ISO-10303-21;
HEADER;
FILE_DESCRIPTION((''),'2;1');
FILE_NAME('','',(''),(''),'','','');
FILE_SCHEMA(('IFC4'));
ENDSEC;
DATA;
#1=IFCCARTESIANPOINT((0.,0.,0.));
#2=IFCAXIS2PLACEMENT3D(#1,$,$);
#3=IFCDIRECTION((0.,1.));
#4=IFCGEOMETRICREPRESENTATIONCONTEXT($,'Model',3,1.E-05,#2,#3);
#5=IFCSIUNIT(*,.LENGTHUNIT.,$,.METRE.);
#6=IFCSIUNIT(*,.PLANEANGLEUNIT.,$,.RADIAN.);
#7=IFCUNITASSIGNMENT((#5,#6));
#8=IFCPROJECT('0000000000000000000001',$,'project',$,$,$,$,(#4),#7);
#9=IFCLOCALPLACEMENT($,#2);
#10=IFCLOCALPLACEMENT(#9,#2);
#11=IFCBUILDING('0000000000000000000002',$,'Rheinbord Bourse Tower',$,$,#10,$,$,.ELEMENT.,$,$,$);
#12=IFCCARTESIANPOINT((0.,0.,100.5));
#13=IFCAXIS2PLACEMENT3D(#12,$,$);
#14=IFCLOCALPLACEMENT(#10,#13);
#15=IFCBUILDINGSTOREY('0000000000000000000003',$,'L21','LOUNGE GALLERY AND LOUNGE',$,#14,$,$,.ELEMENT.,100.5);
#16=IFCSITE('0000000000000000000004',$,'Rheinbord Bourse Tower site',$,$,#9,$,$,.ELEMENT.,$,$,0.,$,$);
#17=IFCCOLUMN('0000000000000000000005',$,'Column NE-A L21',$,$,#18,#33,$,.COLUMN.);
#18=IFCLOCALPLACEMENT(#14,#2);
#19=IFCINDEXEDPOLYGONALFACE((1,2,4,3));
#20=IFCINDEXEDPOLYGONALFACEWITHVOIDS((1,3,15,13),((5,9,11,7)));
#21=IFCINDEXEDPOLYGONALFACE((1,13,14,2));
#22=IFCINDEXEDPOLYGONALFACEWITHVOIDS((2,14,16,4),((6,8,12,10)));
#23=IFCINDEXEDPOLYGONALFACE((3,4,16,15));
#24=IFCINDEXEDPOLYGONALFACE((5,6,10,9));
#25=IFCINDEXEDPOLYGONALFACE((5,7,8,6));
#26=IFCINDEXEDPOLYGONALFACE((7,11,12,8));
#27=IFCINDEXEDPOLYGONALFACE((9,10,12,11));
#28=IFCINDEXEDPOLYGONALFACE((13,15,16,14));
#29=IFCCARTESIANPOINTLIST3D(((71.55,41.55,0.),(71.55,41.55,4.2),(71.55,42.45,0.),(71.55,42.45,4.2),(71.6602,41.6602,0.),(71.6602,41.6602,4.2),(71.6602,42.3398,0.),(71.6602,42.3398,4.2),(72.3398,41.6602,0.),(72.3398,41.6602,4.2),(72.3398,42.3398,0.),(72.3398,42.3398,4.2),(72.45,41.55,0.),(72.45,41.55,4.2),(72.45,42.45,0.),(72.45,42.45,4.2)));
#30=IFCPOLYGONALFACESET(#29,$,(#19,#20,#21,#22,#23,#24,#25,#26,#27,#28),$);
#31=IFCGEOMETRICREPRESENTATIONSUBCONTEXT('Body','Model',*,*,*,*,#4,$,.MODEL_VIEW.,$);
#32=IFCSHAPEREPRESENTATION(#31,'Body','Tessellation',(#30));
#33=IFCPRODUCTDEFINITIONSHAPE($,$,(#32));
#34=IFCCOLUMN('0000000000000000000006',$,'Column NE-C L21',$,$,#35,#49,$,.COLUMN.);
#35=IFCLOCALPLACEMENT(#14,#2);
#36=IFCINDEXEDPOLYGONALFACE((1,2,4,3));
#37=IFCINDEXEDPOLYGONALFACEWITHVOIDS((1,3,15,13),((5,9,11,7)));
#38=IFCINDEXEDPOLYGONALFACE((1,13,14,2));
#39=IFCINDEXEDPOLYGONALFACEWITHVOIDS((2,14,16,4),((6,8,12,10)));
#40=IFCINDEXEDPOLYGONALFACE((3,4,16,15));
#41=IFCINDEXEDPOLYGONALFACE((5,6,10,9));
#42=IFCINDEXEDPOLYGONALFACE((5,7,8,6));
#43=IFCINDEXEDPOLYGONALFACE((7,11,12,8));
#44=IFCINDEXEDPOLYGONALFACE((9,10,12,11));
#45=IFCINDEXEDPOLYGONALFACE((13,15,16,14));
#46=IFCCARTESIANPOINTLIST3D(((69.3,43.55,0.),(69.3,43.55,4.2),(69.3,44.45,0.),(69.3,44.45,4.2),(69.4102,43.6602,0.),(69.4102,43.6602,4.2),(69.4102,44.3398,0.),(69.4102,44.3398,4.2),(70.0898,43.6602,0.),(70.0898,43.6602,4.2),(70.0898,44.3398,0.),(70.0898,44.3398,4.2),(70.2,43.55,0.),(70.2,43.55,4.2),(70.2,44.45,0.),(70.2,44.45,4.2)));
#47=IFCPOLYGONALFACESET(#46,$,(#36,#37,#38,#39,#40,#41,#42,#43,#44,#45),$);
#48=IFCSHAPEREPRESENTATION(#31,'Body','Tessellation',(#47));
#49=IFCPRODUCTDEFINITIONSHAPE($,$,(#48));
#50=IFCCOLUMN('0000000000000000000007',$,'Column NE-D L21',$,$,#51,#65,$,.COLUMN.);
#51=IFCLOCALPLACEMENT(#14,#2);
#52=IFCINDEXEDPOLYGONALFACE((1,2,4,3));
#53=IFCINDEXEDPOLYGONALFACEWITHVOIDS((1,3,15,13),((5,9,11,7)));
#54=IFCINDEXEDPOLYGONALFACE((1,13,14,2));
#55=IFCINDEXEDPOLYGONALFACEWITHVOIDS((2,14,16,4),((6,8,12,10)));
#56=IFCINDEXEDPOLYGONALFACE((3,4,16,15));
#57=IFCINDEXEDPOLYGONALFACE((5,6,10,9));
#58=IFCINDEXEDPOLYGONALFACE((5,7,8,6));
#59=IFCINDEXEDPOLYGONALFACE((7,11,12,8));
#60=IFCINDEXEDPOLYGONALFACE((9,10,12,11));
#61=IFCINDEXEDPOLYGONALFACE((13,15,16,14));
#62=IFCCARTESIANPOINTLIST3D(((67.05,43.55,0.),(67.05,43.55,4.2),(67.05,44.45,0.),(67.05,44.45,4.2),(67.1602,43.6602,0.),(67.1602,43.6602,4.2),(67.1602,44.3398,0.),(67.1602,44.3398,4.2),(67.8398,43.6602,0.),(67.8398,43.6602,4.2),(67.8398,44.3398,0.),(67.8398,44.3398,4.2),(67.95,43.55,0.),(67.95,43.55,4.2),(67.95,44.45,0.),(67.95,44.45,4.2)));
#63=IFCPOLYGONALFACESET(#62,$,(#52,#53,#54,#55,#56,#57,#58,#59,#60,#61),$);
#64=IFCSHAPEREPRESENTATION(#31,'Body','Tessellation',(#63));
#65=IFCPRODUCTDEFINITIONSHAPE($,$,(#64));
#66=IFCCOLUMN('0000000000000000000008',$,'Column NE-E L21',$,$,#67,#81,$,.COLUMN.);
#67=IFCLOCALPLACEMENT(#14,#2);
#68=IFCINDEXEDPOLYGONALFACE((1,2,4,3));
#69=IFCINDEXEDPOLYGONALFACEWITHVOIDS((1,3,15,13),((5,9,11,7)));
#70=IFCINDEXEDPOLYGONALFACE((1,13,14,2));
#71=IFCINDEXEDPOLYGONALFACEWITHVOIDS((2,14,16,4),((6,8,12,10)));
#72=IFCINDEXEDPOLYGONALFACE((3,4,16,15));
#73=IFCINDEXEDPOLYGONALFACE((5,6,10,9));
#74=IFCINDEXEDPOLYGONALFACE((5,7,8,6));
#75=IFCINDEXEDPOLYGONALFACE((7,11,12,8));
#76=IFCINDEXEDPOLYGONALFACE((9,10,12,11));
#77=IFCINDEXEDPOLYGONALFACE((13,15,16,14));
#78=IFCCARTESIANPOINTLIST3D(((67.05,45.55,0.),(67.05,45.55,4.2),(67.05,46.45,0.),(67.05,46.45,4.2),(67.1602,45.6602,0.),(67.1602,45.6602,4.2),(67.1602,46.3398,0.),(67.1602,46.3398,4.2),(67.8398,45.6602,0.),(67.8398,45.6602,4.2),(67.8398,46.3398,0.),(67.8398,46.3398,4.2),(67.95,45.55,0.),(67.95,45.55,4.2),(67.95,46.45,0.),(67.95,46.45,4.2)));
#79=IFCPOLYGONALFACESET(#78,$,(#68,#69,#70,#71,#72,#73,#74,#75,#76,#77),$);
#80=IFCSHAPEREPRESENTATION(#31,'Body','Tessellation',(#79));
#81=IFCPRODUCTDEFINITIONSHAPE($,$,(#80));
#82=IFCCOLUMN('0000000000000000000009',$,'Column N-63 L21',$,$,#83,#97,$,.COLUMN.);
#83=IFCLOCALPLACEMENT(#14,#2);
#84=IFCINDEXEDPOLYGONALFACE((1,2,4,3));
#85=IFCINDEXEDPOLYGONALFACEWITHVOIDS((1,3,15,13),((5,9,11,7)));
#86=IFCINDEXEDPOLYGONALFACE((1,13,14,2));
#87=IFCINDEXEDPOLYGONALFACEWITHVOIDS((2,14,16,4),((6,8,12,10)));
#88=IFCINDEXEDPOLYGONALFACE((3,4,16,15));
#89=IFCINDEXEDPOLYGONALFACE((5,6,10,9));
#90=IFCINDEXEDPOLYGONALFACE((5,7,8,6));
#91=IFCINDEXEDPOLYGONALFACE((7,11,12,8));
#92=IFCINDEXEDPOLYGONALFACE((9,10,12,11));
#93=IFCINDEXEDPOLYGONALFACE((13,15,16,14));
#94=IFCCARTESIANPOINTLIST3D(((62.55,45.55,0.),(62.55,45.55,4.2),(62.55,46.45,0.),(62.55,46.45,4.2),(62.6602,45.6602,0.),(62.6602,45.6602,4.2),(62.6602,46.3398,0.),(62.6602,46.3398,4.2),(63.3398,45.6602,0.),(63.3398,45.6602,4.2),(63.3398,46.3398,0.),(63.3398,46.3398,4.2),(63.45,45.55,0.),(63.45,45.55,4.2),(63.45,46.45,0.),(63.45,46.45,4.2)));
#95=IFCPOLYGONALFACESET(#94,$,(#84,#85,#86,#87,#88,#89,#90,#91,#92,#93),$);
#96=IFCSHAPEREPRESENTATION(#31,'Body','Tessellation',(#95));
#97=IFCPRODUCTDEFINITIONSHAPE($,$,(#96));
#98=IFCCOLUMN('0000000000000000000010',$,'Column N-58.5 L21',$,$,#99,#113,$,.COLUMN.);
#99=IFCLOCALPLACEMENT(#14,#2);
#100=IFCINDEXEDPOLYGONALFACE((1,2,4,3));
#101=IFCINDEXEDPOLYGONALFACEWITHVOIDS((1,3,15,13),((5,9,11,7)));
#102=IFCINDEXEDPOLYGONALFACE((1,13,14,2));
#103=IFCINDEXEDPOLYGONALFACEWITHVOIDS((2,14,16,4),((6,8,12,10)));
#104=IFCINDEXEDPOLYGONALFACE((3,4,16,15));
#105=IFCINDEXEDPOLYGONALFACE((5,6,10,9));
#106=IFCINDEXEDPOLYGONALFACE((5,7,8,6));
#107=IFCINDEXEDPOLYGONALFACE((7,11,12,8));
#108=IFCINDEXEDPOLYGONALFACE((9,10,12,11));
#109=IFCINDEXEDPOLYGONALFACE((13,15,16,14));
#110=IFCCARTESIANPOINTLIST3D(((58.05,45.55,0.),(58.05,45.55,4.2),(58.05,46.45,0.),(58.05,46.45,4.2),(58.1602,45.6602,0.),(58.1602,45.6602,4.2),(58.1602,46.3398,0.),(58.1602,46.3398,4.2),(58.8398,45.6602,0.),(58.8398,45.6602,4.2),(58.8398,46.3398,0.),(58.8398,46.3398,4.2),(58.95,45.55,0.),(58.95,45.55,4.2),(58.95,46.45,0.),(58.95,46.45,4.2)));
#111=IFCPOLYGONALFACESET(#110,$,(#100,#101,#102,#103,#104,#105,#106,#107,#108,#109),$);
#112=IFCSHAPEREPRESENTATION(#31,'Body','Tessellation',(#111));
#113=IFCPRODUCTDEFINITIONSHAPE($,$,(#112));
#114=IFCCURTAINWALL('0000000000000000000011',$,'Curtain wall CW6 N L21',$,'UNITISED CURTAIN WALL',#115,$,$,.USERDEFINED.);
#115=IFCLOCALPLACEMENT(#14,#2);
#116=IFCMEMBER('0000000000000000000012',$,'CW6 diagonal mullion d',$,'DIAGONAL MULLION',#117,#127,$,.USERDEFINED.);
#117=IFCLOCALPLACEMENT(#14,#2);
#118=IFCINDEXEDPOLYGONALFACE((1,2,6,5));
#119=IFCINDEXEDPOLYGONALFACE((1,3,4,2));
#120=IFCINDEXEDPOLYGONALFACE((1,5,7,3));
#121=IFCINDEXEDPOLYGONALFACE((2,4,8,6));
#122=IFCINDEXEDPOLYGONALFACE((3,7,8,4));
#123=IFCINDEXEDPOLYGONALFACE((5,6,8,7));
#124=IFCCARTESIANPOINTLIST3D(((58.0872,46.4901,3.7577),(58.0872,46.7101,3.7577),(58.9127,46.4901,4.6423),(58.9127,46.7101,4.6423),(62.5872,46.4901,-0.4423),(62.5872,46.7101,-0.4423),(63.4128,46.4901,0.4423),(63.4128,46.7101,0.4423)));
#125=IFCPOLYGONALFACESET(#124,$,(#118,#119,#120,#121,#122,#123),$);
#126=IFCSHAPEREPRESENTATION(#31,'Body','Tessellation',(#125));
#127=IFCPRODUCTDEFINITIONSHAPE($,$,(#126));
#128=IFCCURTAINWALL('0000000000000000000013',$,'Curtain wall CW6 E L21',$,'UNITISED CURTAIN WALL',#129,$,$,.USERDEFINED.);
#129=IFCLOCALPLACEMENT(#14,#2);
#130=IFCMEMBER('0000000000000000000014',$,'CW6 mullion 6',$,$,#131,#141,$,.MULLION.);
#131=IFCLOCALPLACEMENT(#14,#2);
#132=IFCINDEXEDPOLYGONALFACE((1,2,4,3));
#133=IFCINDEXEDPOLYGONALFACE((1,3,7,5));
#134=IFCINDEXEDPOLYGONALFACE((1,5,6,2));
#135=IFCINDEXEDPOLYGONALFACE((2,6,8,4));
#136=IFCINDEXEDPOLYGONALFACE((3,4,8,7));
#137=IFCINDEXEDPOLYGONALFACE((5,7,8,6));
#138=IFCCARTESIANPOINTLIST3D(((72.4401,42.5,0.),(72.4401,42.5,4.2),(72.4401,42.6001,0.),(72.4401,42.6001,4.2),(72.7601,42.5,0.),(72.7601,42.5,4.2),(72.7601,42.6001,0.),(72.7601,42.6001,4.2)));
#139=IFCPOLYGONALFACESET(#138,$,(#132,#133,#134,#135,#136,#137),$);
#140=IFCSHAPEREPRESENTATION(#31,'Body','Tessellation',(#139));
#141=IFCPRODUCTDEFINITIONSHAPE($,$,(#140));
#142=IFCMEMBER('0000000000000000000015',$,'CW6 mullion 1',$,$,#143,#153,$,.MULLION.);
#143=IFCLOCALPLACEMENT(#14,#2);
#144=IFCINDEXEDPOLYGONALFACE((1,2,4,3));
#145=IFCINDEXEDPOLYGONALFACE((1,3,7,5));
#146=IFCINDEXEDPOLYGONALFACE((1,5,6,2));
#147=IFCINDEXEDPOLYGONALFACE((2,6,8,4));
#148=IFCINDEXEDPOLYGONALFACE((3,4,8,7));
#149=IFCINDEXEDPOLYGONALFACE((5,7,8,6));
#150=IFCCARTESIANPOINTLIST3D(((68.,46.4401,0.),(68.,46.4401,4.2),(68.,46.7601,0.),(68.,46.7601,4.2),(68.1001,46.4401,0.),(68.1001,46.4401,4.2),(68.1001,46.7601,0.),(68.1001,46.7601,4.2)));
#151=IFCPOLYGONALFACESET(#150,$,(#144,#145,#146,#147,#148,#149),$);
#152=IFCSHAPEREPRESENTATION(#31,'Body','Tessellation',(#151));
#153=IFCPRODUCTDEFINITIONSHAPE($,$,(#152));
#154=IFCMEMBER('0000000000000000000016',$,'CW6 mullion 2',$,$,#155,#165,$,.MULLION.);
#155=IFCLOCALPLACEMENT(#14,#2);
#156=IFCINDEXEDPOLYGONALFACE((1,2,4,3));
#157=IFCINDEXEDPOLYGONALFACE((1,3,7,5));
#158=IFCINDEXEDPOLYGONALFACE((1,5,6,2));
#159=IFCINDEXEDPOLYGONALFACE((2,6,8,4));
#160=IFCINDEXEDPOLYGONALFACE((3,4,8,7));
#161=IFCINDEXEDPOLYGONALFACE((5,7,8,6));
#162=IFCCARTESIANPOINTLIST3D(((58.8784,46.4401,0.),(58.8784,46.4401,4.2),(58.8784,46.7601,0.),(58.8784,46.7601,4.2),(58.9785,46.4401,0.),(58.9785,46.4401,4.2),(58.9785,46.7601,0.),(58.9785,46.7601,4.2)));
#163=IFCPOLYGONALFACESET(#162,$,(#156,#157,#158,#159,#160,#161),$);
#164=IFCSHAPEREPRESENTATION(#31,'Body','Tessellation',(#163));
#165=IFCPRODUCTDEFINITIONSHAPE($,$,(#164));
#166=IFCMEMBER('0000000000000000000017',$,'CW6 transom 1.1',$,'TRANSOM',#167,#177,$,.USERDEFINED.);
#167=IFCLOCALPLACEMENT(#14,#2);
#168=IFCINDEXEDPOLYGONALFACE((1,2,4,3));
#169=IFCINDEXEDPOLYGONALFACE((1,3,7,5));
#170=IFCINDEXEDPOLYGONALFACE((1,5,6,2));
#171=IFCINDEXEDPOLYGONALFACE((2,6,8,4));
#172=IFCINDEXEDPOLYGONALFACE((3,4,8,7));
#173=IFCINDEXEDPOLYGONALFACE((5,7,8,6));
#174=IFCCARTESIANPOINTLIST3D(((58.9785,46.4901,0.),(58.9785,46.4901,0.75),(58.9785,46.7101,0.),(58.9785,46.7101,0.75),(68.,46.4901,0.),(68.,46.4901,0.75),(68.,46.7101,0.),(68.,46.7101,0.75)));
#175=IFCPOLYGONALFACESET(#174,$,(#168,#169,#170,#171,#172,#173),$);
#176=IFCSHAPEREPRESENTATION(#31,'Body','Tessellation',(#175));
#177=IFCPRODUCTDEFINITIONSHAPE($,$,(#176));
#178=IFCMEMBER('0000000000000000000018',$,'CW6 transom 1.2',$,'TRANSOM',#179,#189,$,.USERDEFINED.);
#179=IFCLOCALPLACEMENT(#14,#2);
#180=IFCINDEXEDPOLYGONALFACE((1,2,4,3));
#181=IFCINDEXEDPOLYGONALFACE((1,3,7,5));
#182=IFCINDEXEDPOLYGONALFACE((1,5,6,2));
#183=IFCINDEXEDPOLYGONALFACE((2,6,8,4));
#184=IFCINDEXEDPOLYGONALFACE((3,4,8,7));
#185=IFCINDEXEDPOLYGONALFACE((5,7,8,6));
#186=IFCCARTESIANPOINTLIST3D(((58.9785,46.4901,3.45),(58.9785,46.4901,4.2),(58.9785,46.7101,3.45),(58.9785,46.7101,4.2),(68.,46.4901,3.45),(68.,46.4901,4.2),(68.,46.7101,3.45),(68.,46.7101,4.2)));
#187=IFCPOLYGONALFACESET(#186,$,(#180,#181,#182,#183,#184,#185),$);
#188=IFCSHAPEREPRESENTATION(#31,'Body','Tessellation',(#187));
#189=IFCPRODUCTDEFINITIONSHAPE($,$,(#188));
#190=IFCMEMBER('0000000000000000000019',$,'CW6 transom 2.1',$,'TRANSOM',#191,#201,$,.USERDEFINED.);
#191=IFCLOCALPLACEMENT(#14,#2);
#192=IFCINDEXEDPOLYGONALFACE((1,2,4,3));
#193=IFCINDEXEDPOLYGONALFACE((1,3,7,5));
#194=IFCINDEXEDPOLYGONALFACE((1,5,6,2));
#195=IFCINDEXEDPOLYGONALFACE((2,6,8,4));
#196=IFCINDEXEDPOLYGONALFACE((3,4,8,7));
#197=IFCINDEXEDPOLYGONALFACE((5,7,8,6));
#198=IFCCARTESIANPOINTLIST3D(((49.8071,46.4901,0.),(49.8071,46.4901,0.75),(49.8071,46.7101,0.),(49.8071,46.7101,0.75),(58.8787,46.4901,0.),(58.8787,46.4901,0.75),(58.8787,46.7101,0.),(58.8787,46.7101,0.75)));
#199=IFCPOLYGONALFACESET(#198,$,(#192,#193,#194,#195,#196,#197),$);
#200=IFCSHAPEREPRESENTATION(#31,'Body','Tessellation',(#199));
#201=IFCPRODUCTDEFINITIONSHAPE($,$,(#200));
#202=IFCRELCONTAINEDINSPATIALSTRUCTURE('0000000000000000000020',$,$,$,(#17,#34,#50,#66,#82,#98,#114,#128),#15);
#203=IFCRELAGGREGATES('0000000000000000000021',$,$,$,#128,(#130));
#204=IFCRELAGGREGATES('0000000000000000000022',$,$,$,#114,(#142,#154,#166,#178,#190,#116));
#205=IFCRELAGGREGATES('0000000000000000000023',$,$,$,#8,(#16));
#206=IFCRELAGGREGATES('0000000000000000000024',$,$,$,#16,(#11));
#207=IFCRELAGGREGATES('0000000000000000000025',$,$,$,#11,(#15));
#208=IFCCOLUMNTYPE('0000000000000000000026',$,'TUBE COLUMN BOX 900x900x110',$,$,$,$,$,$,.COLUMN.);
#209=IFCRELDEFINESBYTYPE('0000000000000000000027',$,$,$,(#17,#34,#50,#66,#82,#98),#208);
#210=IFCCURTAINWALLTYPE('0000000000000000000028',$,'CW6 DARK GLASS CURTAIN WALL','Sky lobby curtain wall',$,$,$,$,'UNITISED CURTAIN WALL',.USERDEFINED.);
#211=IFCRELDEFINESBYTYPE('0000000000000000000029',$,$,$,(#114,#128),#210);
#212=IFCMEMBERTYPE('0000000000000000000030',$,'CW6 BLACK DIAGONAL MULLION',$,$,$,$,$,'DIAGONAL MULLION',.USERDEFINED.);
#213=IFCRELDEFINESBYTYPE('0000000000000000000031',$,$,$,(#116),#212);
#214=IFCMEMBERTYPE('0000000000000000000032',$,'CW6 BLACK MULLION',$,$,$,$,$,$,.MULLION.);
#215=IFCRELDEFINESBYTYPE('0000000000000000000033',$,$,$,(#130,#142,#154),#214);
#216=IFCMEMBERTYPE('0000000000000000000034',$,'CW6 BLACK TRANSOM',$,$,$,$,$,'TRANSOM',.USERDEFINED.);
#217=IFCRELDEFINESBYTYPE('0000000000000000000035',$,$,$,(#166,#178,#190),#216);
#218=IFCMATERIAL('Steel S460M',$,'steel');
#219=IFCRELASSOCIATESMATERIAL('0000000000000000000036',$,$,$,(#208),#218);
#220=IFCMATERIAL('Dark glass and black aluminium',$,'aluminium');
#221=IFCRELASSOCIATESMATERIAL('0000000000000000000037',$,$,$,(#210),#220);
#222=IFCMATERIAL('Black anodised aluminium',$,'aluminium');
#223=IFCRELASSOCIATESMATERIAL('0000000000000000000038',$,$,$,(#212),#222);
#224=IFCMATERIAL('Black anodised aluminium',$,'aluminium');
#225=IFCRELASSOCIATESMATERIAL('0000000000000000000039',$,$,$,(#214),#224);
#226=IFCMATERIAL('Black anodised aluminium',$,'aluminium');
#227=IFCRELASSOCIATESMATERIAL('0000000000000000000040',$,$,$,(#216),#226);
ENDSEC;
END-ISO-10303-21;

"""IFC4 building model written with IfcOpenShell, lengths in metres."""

from ifc_helpers import new_model, si_unit, direction, frame, origin, origin_2d, place, context, subcontext, project, spatial, rectangle, hollow_rectangle, extrude, material, material_profile, profile_set, type_object, element, aggregate, save


model = new_model("IFC4")

# Units and contexts
model_context = context("Model", 3, precision=1e-05, world=origin(), true_north=direction((0.0, 1.0)))
body_context = subcontext(model_context, "Body", "Model", "MODEL_VIEW")
ifc_project = project(units=[si_unit("LENGTHUNIT", "METRE"), si_unit("PLANEANGLEUNIT", "RADIAN")], contexts=[model_context])

# Site, building, storey
site_placement = place(None, origin())
site = spatial("IfcSite", under=ifc_project, at=site_placement, Name="Rheinbord Bourse Tower site", CompositionType="ELEMENT", RefElevation=0.0)
building_placement = place(site_placement, origin())
building = spatial("IfcBuilding", under=site, at=building_placement, Name="Rheinbord Bourse Tower", CompositionType="ELEMENT")
storey_placement = place(building_placement, frame((0.0, 0.0, 100.5)))
storey = spatial("IfcBuildingStorey", under=building, at=storey_placement, Name="L21", Description="LOUNGE GALLERY AND LOUNGE", CompositionType="ELEMENT", Elevation=100.5)

# Columns
ifc_material_1 = material(Name="Steel S460M", Category="steel")
ifc_material_profile_1 = material_profile(ifc_material_1, hollow_rectangle(XDim=0.8999, YDim=0.8999, WallThickness=0.1101, at=origin_2d()), Name="BOX 900x900x110")
ifc_profile_set_1 = profile_set([ifc_material_profile_1], Name="Steel S460M")
column_type = type_object("IfcColumnType", Name="TUBE COLUMN BOX 900x900x110", PredefinedType="COLUMN", material=ifc_profile_set_1)
for number, where, z_axis, x_axis, name in (
    (1, (72.0, 42.0, 0.0), (0.0, 0.0, 1.0), (1.0, 0.0, 0.0), "Column NE-A L21"),
    (2, (69.75, 44.0, 0.0), (0.0, 0.0, 1.0), (1.0, 0.0, 0.0), "Column NE-C L21"),
    (3, (67.5, 44.0, 0.0), (0.0, 0.0, 1.0), (0.0, 1.0, 0.0), "Column NE-D L21"),
    (4, (67.5, 46.0, 0.0), (0.0, 0.0, 1.0), (0.0, 1.0, 0.0), "Column NE-E L21"),
    (5, (63.0, 46.0, 0.0), (0.0, 0.0, 1.0), (0.0, 1.0, 0.0), "Column N-63 L21"),
    (6, (58.5, 46.0, 0.0), (0.0, 0.0, 1.0), (0.0, 1.0, 0.0), "Column N-58.5 L21"),
):
    element("IfcColumn", number, at=place(storey_placement, frame(where, z_axis=z_axis, x_axis=x_axis)), inside=storey, type_object=column_type, Name=name, PredefinedType="COLUMN", context=body_context, shape_type="SweptSolid", body=[
        extrude(hollow_rectangle(XDim=0.8999, YDim=0.8999, WallThickness=0.1101, at=origin_2d()), origin(), (0.0, 0.0, 1.0), 4.2),
    ])

# Curtain walls, members
ifc_material_2 = material(Name="Dark glass and black aluminium", Category="aluminium")
curtain_wall_type = type_object("IfcCurtainWallType", Name="CW6 DARK GLASS CURTAIN WALL", Description="Sky lobby curtain wall", ElementType="UNITISED CURTAIN WALL", PredefinedType="USERDEFINED", material=ifc_material_2)
curtain_wall_1_placement = place(storey_placement, origin())
curtain_wall_1 = element("IfcCurtainWall", 7, at=curtain_wall_1_placement, inside=storey, type_object=curtain_wall_type, Name="Curtain wall CW6 N L21", ObjectType="UNITISED CURTAIN WALL", PredefinedType="USERDEFINED")
ifc_material_3 = material(Name="Black anodised aluminium", Category="aluminium")
ifc_material_profile_2 = material_profile(ifc_material_3, rectangle(XDim=0.22, YDim=1.21, at=origin_2d()), Name="CW6 DIAGONAL MULLION 1210x220")
ifc_profile_set_2 = profile_set([ifc_material_profile_2], Name="Black anodised aluminium")
member_type_1 = type_object("IfcMemberType", Name="CW6 BLACK DIAGONAL MULLION", ElementType="DIAGONAL MULLION", PredefinedType="USERDEFINED", material=ifc_profile_set_2)
member_1_placement = place(storey_placement, frame((63.0, 46.6001, 0.0), z_axis=(-0.731059, 0.0, 0.682314), x_axis=(0.0, -1.0, 0.0)))
member_1 = element("IfcMember", 8, at=member_1_placement, type_object=member_type_1, Name="CW6 diagonal mullion d", ObjectType="DIAGONAL MULLION", PredefinedType="USERDEFINED", context=body_context, shape_type="SweptSolid", body=[
    extrude(rectangle(XDim=0.22, YDim=1.21, at=origin_2d()), origin(), (0.0, 0.0, 1.0), 6.1555),
])
curtain_wall_2_placement = place(storey_placement, origin())
curtain_wall_2 = element("IfcCurtainWall", 9, at=curtain_wall_2_placement, inside=storey, type_object=curtain_wall_type, Name="Curtain wall CW6 E L21", ObjectType="UNITISED CURTAIN WALL", PredefinedType="USERDEFINED")
ifc_material_4 = material(Name="Black anodised aluminium", Category="aluminium")
ifc_material_profile_3 = material_profile(ifc_material_4, rectangle(XDim=0.3201, YDim=0.1001, at=origin_2d()), Name="CW6 MULLION 100x320")
ifc_profile_set_3 = profile_set([ifc_material_profile_3], Name="Black anodised aluminium")
member_type_2 = type_object("IfcMemberType", Name="CW6 BLACK MULLION", PredefinedType="MULLION", material=ifc_profile_set_3)
member_2_placement = place(storey_placement, frame((72.6001, 42.55, 0.0), z_axis=(0.0, 0.0, 1.0), x_axis=(-1.0, 0.0, 0.0)))
member_2 = element("IfcMember", 10, at=member_2_placement, type_object=member_type_2, Name="CW6 mullion 6", PredefinedType="MULLION", context=body_context, shape_type="SweptSolid", body=[
    extrude(rectangle(XDim=0.3201, YDim=0.1001, at=origin_2d()), origin(), (0.0, 0.0, 1.0), 4.2),
])

# Members
member_3_placement = place(storey_placement, frame((68.05, 46.6001, 0.0), z_axis=(0.0, 0.0, 1.0), x_axis=(0.0, -1.0, 0.0)))
member_3 = element("IfcMember", 11, at=member_3_placement, type_object=member_type_2, Name="CW6 mullion 1", PredefinedType="MULLION", context=body_context, shape_type="SweptSolid", body=[
    extrude(rectangle(XDim=0.3201, YDim=0.1001, at=origin_2d()), origin(), (0.0, 0.0, 1.0), 4.2),
])
member_4_placement = place(storey_placement, frame((58.9285, 46.6001, 0.0), z_axis=(0.0, 0.0, 1.0), x_axis=(0.0, -1.0, 0.0)))
member_4 = element("IfcMember", 12, at=member_4_placement, type_object=member_type_2, Name="CW6 mullion 2", PredefinedType="MULLION", context=body_context, shape_type="SweptSolid", body=[
    extrude(rectangle(XDim=0.3201, YDim=0.1001, at=origin_2d()), origin(), (0.0, 0.0, 1.0), 4.2),
])
ifc_material_5 = material(Name="Black anodised aluminium", Category="aluminium")
ifc_material_profile_4 = material_profile(ifc_material_5, rectangle(XDim=0.22, YDim=0.75, at=origin_2d()), Name="CW6 TRANSOM 750x220")
ifc_profile_set_4 = profile_set([ifc_material_profile_4], Name="Black anodised aluminium")
member_type_3 = type_object("IfcMemberType", Name="CW6 BLACK TRANSOM", ElementType="TRANSOM", PredefinedType="USERDEFINED", material=ifc_profile_set_4)
member_5_placement = place(storey_placement, frame((68.0, 46.6001, 0.375), z_axis=(-1.0, 0.0, 0.0), x_axis=(0.0, -1.0, 0.0)))
member_5 = element("IfcMember", 13, at=member_5_placement, type_object=member_type_3, Name="CW6 transom 1.1", ObjectType="TRANSOM", PredefinedType="USERDEFINED", context=body_context, shape_type="SweptSolid", body=[
    extrude(rectangle(XDim=0.22, YDim=0.75, at=origin_2d()), origin(), (0.0, 0.0, 1.0), 9.0215),
])
member_6_placement = place(storey_placement, frame((68.0, 46.6001, 3.825), z_axis=(-1.0, 0.0, 0.0), x_axis=(0.0, -1.0, 0.0)))
member_6 = element("IfcMember", 14, at=member_6_placement, type_object=member_type_3, Name="CW6 transom 1.2", ObjectType="TRANSOM", PredefinedType="USERDEFINED", context=body_context, shape_type="SweptSolid", body=[
    extrude(rectangle(XDim=0.22, YDim=0.75, at=origin_2d()), origin(), (0.0, 0.0, 1.0), 9.0215),
])
member_7_placement = place(storey_placement, frame((58.8787, 46.6001, 0.375), z_axis=(-1.0, 0.0, 0.0), x_axis=(0.0, -1.0, 0.0)))
member_7 = element("IfcMember", 15, at=member_7_placement, type_object=member_type_3, Name="CW6 transom 2.1", ObjectType="TRANSOM", PredefinedType="USERDEFINED", context=body_context, shape_type="SweptSolid", body=[
    extrude(rectangle(XDim=0.22, YDim=0.75, at=origin_2d()), origin(), (0.0, 0.0, 1.0), 9.0715),
])

aggregate(curtain_wall_2, [member_2])
aggregate(curtain_wall_1, [member_3, member_4, member_5, member_6, member_7, member_1])

save(model, "model.ifc")
